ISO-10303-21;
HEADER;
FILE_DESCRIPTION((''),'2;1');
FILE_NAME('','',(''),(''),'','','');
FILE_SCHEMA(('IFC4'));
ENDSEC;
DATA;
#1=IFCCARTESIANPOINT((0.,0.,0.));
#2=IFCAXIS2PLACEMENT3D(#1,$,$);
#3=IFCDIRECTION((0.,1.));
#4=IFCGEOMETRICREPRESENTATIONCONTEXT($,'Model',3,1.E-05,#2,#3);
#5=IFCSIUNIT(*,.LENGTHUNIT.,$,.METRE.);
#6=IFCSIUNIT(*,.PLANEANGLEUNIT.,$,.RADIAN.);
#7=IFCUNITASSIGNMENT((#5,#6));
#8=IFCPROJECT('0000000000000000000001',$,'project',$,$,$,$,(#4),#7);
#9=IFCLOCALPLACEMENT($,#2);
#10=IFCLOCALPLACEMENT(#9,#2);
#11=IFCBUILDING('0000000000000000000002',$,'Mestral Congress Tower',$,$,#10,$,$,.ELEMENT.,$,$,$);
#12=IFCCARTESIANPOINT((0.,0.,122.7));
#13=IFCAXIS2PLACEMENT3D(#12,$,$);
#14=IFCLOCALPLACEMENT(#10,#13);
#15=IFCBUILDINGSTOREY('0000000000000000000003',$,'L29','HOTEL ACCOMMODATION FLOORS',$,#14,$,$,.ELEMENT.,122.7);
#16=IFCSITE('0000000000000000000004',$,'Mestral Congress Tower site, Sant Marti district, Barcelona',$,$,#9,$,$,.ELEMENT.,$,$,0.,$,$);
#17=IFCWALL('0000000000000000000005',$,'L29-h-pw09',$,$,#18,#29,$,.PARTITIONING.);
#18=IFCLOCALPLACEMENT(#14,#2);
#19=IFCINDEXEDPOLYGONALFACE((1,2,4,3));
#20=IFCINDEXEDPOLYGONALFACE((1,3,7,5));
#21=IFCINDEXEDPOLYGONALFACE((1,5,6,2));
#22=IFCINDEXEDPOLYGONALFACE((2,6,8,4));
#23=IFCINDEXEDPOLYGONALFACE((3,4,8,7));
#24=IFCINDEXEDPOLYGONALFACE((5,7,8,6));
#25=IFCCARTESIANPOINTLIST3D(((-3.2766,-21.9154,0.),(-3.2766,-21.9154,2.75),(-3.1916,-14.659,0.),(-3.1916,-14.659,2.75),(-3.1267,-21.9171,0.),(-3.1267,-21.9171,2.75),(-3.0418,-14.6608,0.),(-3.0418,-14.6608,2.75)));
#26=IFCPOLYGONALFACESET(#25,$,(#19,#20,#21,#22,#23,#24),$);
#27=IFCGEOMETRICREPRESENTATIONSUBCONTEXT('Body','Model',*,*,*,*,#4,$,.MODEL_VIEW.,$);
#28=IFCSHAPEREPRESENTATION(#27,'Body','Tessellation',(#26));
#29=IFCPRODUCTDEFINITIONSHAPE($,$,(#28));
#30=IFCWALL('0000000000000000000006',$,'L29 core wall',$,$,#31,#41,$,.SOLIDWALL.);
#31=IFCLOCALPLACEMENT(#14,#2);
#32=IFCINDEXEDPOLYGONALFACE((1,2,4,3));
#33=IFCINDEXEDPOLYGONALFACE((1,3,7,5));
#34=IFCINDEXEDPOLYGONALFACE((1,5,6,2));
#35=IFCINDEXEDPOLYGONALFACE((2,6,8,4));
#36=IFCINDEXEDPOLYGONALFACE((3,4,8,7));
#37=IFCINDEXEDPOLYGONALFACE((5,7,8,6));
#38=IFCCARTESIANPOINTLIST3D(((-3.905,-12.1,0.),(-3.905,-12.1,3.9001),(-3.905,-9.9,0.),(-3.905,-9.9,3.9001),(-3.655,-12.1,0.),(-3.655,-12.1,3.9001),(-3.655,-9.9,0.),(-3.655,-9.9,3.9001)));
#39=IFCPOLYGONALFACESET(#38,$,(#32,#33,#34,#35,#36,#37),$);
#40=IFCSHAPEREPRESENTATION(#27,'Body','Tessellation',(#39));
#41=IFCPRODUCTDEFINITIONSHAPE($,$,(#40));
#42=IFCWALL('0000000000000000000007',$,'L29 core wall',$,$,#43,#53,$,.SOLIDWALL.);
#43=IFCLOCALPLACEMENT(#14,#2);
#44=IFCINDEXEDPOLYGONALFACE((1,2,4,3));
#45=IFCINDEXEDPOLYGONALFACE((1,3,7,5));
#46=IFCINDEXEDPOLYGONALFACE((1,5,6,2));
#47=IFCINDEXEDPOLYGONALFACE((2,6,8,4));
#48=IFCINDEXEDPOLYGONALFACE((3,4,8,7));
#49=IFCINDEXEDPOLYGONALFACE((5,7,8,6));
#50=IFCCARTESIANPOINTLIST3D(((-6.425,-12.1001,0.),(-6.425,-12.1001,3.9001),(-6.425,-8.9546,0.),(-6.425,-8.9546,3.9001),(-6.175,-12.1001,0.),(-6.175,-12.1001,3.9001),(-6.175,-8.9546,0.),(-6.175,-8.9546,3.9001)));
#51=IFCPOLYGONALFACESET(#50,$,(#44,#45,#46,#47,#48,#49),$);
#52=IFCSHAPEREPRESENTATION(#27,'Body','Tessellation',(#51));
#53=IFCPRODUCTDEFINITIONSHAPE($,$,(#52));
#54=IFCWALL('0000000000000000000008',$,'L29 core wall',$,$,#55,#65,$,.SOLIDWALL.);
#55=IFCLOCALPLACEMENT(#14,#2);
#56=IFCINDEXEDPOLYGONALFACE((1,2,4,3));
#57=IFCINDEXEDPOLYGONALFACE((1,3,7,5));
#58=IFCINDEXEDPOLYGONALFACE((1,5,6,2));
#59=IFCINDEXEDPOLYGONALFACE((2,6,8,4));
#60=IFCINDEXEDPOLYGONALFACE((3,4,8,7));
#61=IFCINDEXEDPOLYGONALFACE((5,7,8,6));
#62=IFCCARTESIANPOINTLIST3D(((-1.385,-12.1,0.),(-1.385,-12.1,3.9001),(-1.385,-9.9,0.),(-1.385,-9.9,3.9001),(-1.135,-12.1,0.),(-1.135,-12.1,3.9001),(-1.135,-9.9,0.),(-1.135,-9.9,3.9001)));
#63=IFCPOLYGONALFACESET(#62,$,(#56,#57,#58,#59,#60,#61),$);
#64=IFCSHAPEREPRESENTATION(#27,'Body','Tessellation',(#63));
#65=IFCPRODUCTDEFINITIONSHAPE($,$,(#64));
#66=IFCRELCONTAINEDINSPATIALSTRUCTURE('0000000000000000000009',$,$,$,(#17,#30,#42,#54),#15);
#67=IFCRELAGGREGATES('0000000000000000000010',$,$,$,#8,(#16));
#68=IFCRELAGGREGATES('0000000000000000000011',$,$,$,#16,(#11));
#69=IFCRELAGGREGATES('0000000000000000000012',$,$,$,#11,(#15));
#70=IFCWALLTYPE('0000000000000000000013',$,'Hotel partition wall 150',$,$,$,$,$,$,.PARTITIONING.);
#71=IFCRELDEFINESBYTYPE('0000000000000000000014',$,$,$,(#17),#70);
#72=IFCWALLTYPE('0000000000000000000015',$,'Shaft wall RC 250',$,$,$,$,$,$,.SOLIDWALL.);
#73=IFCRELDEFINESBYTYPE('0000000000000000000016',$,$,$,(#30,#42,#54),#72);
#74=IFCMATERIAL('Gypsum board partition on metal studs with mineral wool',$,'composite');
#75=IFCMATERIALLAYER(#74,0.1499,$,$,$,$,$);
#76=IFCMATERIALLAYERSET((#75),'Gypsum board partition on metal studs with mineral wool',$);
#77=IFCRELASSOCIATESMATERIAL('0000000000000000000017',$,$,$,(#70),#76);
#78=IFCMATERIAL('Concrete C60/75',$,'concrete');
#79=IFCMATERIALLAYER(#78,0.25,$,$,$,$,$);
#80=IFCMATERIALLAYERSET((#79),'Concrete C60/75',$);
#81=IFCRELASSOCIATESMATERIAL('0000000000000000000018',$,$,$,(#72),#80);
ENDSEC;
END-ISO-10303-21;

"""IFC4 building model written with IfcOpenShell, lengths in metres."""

from ifc_helpers import new_model, si_unit, direction, frame, frame_2d, origin, place, context, subcontext, project, spatial, rectangle, extrude, material, layer, layer_set, type_object, element, save


model = new_model("IFC4")

# Units and contexts
model_context = context("Model", 3, precision=1e-05, world=origin(), true_north=direction((0.0, 1.0)))
body_context = subcontext(model_context, "Body", "Model", "MODEL_VIEW")
ifc_project = project(units=[si_unit("LENGTHUNIT", "METRE"), si_unit("PLANEANGLEUNIT", "RADIAN")], contexts=[model_context])

# Site, building, storey
site_placement = place(None, origin())
site = spatial("IfcSite", under=ifc_project, at=site_placement, Name="Mestral Congress Tower site, Sant Marti district, Barcelona", CompositionType="ELEMENT", RefElevation=0.0)
building_placement = place(site_placement, origin())
building = spatial("IfcBuilding", under=site, at=building_placement, Name="Mestral Congress Tower", CompositionType="ELEMENT")
storey_placement = place(building_placement, frame((0.0, 0.0, 122.7)))
storey = spatial("IfcBuildingStorey", under=building, at=storey_placement, Name="L29", Description="HOTEL ACCOMMODATION FLOORS", CompositionType="ELEMENT", Elevation=122.7)

# Shared definitions
ifc_material_1 = material(Name="Concrete C60/75", Category="concrete")

# Shared definitions
ifc_material_2 = material(Name="Gypsum board partition on metal studs with mineral wool", Category="composite")

# Walls
ifc_layer_1 = layer(ifc_material_2, 0.1499)
ifc_layer_set_1 = layer_set([ifc_layer_1], Name="Gypsum board partition on metal studs with mineral wool")
wall_type_1 = type_object("IfcWallType", Name="Hotel partition wall 150", PredefinedType="PARTITIONING", material=ifc_layer_set_1)
wall_1_placement = place(storey_placement, frame((-3.2017, -21.9163, 0.0), z_axis=(0.0, 0.0, 1.0), x_axis=(0.011708, 0.999931, 0.0)))
element("IfcWall", 1, at=wall_1_placement, inside=storey, type_object=wall_type_1, Name="L29-h-pw09", PredefinedType="PARTITIONING", context=body_context, shape_type="SweptSolid", body=[
    extrude(rectangle(XDim=7.2568, YDim=0.1499, at=frame_2d((3.6284, 0.0))), origin(), (0.0, 0.0, 1.0), 2.75),
])
ifc_layer_2 = layer(ifc_material_1, 0.25)
ifc_layer_set_2 = layer_set([ifc_layer_2], Name="Concrete C60/75")
wall_type_2 = type_object("IfcWallType", Name="Shaft wall RC 250", PredefinedType="SOLIDWALL", material=ifc_layer_set_2)
wall_2_placement = place(storey_placement, frame((-3.78, -12.1001, 0.0), z_axis=(0.0, 0.0, 1.0), x_axis=(0.0, 1.0, 0.0)))
element("IfcWall", 2, at=wall_2_placement, inside=storey, type_object=wall_type_2, Name="L29 core wall", PredefinedType="SOLIDWALL", context=body_context, shape_type="SweptSolid", body=[
    extrude(rectangle(XDim=2.2, YDim=0.25, at=frame_2d((1.1001, 0.0))), origin(), (0.0, 0.0, 1.0), 3.9001),
])
wall_3_placement = place(storey_placement, frame((-6.3, -12.1001, 0.0), z_axis=(0.0, 0.0, 1.0), x_axis=(0.0, 1.0, 0.0)))
element("IfcWall", 3, at=wall_3_placement, inside=storey, type_object=wall_type_2, Name="L29 core wall", PredefinedType="SOLIDWALL", context=body_context, shape_type="SweptSolid", body=[
    extrude(rectangle(XDim=3.1455, YDim=0.25, at=frame_2d((1.5728, 0.0))), origin(), (0.0, 0.0, 1.0), 3.9001),
])
wall_4_placement = place(storey_placement, frame((-1.26, -12.1001, 0.0), z_axis=(0.0, 0.0, 1.0), x_axis=(0.0, 1.0, 0.0)))
element("IfcWall", 4, at=wall_4_placement, inside=storey, type_object=wall_type_2, Name="L29 core wall", PredefinedType="SOLIDWALL", context=body_context, shape_type="SweptSolid", body=[
    extrude(rectangle(XDim=2.2, YDim=0.25, at=frame_2d((1.1001, 0.0))), origin(), (0.0, 0.0, 1.0), 3.9001),
])

save(model, "model.ifc")
